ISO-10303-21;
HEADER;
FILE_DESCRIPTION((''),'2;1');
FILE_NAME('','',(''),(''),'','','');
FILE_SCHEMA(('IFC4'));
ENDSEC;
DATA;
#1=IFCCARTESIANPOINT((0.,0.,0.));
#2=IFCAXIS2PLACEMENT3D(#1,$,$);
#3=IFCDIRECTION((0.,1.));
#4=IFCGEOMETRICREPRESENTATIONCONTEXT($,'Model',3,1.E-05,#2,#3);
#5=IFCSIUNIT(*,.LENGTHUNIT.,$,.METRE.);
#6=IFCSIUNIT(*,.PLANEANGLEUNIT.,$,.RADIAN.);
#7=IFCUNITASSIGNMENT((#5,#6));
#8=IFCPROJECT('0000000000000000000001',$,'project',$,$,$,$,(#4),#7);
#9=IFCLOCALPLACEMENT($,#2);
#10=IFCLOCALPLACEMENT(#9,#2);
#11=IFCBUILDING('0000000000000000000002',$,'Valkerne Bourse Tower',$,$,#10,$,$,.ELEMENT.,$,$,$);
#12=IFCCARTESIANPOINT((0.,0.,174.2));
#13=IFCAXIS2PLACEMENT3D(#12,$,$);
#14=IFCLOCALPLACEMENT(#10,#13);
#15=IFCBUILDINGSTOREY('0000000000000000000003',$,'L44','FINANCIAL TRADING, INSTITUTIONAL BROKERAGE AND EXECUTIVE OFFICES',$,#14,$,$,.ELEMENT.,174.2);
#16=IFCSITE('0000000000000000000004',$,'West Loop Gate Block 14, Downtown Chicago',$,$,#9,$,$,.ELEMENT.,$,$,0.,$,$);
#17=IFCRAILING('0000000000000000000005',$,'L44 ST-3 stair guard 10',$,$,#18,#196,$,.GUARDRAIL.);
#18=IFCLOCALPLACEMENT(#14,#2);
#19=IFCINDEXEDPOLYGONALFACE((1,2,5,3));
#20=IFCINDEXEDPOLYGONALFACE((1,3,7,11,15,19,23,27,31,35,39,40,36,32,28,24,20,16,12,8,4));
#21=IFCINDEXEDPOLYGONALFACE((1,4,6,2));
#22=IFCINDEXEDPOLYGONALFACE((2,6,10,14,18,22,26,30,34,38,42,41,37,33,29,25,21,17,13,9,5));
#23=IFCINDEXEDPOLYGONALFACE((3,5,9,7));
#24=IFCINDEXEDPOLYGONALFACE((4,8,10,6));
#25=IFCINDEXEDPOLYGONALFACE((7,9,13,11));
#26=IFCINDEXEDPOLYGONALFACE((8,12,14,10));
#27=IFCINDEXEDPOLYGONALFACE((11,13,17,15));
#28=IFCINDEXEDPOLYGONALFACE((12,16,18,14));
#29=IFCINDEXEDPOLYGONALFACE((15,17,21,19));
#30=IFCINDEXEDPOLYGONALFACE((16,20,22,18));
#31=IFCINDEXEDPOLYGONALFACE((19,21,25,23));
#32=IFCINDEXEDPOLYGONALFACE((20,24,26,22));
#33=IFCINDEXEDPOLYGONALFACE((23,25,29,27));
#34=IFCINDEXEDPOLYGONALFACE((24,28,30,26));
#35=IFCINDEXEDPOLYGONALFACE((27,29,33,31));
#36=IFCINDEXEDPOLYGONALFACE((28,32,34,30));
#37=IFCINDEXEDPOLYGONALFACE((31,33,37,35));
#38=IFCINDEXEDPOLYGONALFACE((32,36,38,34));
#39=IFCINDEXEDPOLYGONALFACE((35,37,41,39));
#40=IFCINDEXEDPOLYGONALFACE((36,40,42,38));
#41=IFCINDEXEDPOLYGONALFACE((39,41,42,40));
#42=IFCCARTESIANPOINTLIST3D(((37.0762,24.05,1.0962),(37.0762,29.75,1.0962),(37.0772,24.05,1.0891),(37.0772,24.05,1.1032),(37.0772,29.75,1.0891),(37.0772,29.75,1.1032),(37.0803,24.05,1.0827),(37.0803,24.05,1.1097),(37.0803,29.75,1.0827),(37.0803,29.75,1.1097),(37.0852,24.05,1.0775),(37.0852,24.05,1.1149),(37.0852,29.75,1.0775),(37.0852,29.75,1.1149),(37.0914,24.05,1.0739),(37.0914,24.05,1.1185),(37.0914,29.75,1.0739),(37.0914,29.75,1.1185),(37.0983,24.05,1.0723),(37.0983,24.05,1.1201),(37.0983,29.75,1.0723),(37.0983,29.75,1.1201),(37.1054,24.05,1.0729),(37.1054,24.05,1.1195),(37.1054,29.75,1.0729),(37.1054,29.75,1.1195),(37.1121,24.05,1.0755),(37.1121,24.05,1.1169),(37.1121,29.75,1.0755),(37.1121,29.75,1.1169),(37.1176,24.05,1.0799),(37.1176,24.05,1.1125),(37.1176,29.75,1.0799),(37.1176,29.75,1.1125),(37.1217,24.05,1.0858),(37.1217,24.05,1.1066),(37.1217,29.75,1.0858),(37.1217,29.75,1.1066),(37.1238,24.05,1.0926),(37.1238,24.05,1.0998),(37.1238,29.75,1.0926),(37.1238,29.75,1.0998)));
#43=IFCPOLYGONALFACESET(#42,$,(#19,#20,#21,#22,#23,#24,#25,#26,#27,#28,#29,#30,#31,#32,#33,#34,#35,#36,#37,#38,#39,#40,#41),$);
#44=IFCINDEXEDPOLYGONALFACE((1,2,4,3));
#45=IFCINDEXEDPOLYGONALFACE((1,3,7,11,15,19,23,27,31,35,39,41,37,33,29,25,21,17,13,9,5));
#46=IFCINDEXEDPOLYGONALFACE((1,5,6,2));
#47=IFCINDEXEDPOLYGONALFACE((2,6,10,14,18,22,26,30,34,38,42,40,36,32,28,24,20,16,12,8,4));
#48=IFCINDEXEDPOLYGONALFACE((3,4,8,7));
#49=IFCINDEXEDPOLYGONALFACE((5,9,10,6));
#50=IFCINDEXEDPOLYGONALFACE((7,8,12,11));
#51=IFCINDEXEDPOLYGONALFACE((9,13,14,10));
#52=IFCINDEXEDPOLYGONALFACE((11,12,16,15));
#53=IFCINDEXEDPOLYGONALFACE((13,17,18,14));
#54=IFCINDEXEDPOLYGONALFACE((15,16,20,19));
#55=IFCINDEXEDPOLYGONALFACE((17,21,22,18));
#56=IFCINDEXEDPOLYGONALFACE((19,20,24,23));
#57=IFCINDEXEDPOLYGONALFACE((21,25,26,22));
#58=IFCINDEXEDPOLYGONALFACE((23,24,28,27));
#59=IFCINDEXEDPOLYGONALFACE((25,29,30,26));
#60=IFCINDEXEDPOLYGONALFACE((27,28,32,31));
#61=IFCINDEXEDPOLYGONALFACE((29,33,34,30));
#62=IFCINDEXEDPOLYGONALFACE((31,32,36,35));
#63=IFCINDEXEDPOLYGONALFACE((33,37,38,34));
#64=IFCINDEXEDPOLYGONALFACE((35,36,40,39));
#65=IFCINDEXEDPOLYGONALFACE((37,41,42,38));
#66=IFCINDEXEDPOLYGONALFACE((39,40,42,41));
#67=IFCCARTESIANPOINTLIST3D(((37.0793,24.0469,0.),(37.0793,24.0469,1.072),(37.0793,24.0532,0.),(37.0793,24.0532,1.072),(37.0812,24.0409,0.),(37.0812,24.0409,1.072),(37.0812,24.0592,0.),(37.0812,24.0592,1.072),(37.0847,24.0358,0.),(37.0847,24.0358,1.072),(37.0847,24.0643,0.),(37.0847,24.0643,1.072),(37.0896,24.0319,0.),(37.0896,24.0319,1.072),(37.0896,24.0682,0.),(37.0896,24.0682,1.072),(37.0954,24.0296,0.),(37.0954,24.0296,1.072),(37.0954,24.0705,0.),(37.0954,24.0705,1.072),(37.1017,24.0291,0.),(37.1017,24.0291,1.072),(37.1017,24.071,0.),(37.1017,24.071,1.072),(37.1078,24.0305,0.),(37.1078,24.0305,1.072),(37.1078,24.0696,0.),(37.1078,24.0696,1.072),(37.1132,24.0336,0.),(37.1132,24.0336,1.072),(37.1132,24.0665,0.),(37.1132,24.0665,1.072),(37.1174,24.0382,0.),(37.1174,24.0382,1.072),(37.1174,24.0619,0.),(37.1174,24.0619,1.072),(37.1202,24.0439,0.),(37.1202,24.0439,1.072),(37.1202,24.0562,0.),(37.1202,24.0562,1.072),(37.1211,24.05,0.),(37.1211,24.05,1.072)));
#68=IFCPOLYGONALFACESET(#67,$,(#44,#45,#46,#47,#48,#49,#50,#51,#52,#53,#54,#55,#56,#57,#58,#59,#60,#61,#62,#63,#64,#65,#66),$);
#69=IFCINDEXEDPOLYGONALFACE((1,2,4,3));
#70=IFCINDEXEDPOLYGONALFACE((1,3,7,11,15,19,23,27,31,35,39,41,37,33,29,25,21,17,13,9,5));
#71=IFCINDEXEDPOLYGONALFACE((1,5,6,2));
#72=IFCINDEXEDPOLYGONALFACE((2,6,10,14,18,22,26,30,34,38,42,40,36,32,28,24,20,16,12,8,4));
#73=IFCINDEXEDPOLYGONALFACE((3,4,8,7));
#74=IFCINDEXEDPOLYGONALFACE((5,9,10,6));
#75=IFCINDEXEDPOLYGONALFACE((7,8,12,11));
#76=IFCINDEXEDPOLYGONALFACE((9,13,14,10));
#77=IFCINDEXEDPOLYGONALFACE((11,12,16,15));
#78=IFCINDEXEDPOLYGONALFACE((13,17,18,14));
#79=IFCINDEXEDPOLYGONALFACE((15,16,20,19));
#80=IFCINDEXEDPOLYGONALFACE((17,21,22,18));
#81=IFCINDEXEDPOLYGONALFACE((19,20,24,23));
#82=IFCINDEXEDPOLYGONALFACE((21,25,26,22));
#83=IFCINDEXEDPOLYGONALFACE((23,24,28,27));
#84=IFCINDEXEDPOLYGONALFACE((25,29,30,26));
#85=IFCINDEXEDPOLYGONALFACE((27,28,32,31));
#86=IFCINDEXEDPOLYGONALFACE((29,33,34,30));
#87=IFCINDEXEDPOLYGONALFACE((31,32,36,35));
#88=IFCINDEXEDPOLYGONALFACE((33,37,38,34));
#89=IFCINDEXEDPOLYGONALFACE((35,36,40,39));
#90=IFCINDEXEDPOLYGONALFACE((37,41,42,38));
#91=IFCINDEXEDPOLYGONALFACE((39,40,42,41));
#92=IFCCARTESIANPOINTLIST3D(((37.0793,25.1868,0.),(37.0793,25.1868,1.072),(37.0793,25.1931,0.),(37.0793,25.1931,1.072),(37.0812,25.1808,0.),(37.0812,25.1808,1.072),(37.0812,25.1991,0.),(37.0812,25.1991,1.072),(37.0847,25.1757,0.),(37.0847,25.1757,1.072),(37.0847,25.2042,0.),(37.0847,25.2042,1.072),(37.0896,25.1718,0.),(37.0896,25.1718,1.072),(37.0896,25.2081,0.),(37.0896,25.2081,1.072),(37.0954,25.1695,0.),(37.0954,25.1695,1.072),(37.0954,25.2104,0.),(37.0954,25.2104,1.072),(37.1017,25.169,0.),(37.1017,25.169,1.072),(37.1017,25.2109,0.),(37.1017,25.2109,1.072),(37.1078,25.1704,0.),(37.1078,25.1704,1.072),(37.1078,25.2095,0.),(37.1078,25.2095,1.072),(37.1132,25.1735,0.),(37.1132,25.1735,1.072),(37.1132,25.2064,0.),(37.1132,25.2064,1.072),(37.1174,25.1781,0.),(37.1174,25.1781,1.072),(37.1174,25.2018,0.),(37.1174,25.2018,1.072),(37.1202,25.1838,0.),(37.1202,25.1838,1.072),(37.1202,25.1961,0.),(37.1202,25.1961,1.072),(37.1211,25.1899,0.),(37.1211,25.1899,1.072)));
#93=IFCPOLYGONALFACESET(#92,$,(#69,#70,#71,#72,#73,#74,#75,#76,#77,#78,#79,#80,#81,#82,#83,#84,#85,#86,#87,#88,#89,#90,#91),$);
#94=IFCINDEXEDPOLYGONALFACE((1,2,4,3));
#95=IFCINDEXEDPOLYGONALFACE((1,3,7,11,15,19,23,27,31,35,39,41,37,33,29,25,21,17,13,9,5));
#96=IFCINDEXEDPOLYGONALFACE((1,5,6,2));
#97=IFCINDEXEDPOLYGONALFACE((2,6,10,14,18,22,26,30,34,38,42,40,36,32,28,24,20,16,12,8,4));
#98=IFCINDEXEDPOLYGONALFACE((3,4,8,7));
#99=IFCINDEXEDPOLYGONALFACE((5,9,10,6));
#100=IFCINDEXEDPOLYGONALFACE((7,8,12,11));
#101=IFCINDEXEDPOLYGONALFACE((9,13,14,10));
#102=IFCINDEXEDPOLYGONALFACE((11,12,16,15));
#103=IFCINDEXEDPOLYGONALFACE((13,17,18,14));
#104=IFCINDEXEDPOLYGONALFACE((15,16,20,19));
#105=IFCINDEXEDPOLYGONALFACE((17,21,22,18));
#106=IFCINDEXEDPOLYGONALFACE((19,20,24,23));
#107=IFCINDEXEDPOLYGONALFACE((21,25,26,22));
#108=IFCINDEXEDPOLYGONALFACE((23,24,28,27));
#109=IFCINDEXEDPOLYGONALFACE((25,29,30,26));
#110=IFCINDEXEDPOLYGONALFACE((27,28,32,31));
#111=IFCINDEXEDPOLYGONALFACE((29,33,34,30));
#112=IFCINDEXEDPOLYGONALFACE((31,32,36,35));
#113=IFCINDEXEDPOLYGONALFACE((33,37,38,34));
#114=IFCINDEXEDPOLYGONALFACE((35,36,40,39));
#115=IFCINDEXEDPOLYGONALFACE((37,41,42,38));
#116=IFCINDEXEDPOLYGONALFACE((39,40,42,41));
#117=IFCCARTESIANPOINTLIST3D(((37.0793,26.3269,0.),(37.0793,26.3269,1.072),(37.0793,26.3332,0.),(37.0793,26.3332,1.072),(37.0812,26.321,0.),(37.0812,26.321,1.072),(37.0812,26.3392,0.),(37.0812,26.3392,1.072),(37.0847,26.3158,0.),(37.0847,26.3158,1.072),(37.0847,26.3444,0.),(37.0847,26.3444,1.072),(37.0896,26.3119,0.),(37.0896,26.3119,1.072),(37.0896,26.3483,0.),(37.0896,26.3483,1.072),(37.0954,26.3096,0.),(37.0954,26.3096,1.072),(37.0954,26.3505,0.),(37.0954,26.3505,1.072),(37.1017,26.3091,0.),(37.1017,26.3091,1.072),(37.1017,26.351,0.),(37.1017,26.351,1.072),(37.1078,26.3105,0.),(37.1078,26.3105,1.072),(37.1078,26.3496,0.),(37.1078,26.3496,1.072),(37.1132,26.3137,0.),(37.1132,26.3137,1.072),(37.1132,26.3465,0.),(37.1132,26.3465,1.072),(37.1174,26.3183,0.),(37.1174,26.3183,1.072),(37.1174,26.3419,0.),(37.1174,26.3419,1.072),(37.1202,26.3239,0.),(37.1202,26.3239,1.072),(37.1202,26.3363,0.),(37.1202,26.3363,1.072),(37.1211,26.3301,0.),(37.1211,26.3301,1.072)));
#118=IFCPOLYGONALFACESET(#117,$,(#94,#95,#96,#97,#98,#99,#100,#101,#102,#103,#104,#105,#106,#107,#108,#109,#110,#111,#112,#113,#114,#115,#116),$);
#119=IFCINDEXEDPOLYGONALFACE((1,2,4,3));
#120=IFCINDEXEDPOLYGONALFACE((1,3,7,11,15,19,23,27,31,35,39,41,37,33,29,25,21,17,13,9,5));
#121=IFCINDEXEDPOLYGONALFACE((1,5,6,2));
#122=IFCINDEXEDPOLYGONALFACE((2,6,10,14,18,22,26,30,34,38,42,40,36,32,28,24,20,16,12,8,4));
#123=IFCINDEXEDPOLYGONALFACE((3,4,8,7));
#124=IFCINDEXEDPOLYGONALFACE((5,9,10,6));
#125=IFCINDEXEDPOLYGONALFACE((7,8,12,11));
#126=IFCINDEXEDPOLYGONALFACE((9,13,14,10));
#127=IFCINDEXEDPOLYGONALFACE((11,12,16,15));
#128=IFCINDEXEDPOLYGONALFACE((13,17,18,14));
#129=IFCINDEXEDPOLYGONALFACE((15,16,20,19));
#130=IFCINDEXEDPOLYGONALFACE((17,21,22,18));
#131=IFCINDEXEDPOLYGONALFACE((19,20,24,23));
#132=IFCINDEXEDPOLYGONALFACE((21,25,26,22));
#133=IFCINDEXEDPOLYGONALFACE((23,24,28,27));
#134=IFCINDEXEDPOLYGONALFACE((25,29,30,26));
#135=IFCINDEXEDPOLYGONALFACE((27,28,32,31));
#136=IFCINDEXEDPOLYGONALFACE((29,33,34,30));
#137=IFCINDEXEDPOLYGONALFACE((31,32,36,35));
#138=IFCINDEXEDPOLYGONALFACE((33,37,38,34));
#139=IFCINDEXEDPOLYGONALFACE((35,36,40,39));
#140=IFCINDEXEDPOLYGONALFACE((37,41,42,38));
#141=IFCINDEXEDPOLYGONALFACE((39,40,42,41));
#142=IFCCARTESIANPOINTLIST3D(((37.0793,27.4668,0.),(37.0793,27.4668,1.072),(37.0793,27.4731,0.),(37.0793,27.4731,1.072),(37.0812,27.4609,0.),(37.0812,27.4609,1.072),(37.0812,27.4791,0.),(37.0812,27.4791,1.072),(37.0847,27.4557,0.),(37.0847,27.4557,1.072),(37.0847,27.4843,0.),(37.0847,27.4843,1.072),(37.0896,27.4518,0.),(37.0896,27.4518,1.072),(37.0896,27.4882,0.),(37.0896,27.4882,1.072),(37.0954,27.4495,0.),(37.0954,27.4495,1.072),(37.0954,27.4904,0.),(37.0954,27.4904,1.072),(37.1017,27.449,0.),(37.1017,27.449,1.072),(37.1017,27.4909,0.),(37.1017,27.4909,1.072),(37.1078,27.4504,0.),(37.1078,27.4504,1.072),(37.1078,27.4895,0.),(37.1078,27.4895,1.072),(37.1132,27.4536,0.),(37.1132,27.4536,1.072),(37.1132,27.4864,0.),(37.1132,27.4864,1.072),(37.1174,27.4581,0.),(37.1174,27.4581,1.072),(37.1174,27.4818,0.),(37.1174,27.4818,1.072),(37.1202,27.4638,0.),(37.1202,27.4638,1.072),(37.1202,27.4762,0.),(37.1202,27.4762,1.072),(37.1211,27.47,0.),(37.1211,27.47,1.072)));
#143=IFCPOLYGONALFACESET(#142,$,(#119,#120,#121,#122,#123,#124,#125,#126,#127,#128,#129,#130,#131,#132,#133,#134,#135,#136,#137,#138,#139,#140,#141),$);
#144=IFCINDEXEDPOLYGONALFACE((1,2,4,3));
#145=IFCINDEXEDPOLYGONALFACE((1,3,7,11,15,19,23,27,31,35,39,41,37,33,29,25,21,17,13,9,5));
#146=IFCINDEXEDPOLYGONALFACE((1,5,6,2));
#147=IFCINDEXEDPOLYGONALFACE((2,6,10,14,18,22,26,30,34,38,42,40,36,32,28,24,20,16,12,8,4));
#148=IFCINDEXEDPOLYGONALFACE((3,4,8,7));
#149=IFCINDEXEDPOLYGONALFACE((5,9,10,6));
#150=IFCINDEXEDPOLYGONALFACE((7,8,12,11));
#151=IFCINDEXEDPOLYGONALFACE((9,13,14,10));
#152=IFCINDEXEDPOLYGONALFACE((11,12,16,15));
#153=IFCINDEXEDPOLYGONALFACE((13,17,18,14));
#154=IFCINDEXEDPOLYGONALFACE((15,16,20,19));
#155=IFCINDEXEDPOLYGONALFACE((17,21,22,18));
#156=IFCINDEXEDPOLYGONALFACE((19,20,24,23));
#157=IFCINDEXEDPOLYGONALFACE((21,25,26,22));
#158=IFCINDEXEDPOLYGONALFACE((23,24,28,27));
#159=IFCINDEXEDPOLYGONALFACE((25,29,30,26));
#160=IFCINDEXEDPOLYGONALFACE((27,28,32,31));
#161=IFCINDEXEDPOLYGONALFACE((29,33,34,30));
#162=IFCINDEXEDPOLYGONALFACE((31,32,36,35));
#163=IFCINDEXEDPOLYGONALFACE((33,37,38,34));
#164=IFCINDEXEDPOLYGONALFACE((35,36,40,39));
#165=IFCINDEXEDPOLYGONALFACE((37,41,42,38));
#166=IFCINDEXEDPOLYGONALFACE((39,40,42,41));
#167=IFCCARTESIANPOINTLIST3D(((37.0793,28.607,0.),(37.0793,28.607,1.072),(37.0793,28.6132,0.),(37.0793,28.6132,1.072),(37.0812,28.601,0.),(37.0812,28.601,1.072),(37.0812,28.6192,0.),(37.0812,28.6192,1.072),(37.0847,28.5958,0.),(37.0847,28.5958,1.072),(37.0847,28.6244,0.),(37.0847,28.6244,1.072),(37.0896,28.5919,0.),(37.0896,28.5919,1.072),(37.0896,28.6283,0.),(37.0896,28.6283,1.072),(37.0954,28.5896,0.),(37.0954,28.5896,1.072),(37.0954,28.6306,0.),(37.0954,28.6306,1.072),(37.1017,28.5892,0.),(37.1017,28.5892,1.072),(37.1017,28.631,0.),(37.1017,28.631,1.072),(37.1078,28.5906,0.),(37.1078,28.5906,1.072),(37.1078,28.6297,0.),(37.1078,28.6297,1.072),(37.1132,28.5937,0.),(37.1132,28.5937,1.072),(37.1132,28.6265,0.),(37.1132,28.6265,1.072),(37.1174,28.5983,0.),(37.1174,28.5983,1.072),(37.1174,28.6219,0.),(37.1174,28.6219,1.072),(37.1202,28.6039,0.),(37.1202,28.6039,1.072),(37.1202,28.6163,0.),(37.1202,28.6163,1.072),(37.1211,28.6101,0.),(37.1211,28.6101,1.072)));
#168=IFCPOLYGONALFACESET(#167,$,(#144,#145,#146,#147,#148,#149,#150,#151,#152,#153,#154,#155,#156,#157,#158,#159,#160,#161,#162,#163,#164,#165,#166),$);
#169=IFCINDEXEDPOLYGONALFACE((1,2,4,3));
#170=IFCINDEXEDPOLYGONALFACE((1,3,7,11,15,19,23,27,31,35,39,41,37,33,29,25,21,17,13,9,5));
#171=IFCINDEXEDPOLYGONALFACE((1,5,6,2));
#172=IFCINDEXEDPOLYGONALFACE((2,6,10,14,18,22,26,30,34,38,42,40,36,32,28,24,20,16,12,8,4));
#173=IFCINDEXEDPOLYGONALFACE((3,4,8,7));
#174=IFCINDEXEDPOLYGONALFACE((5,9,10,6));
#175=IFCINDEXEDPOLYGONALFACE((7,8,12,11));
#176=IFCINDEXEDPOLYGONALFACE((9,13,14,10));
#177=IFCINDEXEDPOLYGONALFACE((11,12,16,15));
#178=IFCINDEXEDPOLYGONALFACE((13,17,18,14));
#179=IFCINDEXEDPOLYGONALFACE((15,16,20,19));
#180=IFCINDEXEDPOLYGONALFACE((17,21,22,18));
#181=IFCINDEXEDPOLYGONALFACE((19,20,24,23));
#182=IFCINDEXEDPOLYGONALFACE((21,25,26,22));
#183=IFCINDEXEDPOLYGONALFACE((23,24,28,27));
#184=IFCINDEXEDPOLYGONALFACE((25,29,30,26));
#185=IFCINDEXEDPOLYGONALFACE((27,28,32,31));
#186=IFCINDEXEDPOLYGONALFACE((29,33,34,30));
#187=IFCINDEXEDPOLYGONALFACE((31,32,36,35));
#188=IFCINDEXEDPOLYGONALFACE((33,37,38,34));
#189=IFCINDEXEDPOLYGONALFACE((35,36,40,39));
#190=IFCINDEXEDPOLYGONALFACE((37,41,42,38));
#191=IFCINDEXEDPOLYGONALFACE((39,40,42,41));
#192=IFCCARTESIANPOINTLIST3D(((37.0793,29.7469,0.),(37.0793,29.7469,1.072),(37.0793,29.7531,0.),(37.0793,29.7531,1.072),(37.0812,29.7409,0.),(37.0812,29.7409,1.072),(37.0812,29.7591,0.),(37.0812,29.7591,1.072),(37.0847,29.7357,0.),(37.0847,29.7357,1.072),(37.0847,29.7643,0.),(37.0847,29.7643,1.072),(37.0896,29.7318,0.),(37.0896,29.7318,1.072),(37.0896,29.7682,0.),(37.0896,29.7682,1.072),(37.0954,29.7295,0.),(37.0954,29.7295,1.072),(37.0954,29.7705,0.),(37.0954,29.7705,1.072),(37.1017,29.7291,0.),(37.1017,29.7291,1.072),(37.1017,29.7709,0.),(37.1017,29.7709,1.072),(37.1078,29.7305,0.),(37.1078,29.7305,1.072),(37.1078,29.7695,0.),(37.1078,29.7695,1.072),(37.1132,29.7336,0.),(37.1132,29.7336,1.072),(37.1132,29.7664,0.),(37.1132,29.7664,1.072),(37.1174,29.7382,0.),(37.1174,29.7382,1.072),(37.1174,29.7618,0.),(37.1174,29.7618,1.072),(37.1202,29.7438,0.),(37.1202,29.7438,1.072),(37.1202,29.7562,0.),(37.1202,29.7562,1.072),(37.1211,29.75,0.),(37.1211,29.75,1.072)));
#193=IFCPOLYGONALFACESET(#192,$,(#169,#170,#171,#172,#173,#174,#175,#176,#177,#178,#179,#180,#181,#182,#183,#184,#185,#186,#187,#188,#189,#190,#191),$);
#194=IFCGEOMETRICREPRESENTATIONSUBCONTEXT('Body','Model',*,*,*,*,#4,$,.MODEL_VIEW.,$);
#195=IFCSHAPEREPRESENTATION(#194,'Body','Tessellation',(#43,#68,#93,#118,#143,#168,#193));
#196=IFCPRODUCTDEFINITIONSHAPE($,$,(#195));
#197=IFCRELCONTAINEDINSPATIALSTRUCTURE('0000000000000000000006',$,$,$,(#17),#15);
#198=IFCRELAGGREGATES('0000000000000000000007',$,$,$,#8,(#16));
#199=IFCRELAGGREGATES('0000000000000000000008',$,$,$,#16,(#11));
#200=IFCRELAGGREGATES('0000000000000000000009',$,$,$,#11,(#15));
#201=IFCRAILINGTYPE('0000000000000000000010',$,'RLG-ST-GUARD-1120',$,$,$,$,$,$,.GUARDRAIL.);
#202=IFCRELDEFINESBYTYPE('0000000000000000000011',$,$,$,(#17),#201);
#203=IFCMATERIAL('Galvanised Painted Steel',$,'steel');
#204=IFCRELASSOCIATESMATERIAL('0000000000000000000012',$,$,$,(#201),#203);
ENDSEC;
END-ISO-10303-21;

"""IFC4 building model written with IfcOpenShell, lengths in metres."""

from ifc_helpers import new_model, si_unit, direction, frame, origin, origin_2d, place, context, subcontext, project, spatial, circle, extrude, material, type_object, element, save


model = new_model("IFC4")

# Units and contexts
model_context = context("Model", 3, precision=1e-05, world=origin(), true_north=direction((0.0, 1.0)))
body_context = subcontext(model_context, "Body", "Model", "MODEL_VIEW")
ifc_project = project(units=[si_unit("LENGTHUNIT", "METRE"), si_unit("PLANEANGLEUNIT", "RADIAN")], contexts=[model_context])

# Site, building, storey
site_placement = place(None, origin())
site = spatial("IfcSite", under=ifc_project, at=site_placement, Name="West Loop Gate Block 14, Downtown Chicago", CompositionType="ELEMENT", RefElevation=0.0)
building_placement = place(site_placement, origin())
building = spatial("IfcBuilding", under=site, at=building_placement, Name="Valkerne Bourse Tower", CompositionType="ELEMENT")
storey_placement = place(building_placement, frame((0.0, 0.0, 174.2)))
storey = spatial("IfcBuildingStorey", under=building, at=storey_placement, Name="L44", Description="FINANCIAL TRADING, INSTITUTIONAL BROKERAGE AND EXECUTIVE OFFICES", CompositionType="ELEMENT", Elevation=174.2)

# Railing
ifc_material_1 = material(Name="Galvanised Painted Steel", Category="steel")
railing_type_1 = type_object("IfcRailingType", Name="RLG-ST-GUARD-1120", PredefinedType="GUARDRAIL", material=ifc_material_1)
for number, where, name in (
    (1, (37.1001, 24.05, 0.0), "L44 ST-3 stair guard 10"),
):
    element("IfcRailing", number, at=place(storey_placement, frame(where)), inside=storey, type_object=railing_type_1, Name=name, PredefinedType="GUARDRAIL", context=body_context, shape_type="SweptSolid", body=[
        extrude(circle(Radius=0.0239, at=origin_2d()), frame((0.0, 0.0, 1.0962), z_axis=(0.0, 1.0, 0.0), x_axis=(-1.0, 0.0, 0.0)), (0.0, 0.0, 1.0), 5.7),
        extrude(circle(Radius=0.021, at=origin_2d()), origin(), (0.0, 0.0, 1.0), 1.072),
        extrude(circle(Radius=0.021, at=origin_2d()), frame((0.0, 1.1399, 0.0)), (0.0, 0.0, 1.0), 1.072),
        extrude(circle(Radius=0.021, at=origin_2d()), frame((0.0, 2.28, 0.0)), (0.0, 0.0, 1.0), 1.072),
        extrude(circle(Radius=0.021, at=origin_2d()), frame((0.0, 3.4199, 0.0)), (0.0, 0.0, 1.0), 1.072),
        extrude(circle(Radius=0.021, at=origin_2d()), frame((0.0, 4.5601, 0.0)), (0.0, 0.0, 1.0), 1.072),
        extrude(circle(Radius=0.021, at=origin_2d()), frame((0.0, 5.7, 0.0)), (0.0, 0.0, 1.0), 1.072),
    ])

save(model, "model.ifc")
